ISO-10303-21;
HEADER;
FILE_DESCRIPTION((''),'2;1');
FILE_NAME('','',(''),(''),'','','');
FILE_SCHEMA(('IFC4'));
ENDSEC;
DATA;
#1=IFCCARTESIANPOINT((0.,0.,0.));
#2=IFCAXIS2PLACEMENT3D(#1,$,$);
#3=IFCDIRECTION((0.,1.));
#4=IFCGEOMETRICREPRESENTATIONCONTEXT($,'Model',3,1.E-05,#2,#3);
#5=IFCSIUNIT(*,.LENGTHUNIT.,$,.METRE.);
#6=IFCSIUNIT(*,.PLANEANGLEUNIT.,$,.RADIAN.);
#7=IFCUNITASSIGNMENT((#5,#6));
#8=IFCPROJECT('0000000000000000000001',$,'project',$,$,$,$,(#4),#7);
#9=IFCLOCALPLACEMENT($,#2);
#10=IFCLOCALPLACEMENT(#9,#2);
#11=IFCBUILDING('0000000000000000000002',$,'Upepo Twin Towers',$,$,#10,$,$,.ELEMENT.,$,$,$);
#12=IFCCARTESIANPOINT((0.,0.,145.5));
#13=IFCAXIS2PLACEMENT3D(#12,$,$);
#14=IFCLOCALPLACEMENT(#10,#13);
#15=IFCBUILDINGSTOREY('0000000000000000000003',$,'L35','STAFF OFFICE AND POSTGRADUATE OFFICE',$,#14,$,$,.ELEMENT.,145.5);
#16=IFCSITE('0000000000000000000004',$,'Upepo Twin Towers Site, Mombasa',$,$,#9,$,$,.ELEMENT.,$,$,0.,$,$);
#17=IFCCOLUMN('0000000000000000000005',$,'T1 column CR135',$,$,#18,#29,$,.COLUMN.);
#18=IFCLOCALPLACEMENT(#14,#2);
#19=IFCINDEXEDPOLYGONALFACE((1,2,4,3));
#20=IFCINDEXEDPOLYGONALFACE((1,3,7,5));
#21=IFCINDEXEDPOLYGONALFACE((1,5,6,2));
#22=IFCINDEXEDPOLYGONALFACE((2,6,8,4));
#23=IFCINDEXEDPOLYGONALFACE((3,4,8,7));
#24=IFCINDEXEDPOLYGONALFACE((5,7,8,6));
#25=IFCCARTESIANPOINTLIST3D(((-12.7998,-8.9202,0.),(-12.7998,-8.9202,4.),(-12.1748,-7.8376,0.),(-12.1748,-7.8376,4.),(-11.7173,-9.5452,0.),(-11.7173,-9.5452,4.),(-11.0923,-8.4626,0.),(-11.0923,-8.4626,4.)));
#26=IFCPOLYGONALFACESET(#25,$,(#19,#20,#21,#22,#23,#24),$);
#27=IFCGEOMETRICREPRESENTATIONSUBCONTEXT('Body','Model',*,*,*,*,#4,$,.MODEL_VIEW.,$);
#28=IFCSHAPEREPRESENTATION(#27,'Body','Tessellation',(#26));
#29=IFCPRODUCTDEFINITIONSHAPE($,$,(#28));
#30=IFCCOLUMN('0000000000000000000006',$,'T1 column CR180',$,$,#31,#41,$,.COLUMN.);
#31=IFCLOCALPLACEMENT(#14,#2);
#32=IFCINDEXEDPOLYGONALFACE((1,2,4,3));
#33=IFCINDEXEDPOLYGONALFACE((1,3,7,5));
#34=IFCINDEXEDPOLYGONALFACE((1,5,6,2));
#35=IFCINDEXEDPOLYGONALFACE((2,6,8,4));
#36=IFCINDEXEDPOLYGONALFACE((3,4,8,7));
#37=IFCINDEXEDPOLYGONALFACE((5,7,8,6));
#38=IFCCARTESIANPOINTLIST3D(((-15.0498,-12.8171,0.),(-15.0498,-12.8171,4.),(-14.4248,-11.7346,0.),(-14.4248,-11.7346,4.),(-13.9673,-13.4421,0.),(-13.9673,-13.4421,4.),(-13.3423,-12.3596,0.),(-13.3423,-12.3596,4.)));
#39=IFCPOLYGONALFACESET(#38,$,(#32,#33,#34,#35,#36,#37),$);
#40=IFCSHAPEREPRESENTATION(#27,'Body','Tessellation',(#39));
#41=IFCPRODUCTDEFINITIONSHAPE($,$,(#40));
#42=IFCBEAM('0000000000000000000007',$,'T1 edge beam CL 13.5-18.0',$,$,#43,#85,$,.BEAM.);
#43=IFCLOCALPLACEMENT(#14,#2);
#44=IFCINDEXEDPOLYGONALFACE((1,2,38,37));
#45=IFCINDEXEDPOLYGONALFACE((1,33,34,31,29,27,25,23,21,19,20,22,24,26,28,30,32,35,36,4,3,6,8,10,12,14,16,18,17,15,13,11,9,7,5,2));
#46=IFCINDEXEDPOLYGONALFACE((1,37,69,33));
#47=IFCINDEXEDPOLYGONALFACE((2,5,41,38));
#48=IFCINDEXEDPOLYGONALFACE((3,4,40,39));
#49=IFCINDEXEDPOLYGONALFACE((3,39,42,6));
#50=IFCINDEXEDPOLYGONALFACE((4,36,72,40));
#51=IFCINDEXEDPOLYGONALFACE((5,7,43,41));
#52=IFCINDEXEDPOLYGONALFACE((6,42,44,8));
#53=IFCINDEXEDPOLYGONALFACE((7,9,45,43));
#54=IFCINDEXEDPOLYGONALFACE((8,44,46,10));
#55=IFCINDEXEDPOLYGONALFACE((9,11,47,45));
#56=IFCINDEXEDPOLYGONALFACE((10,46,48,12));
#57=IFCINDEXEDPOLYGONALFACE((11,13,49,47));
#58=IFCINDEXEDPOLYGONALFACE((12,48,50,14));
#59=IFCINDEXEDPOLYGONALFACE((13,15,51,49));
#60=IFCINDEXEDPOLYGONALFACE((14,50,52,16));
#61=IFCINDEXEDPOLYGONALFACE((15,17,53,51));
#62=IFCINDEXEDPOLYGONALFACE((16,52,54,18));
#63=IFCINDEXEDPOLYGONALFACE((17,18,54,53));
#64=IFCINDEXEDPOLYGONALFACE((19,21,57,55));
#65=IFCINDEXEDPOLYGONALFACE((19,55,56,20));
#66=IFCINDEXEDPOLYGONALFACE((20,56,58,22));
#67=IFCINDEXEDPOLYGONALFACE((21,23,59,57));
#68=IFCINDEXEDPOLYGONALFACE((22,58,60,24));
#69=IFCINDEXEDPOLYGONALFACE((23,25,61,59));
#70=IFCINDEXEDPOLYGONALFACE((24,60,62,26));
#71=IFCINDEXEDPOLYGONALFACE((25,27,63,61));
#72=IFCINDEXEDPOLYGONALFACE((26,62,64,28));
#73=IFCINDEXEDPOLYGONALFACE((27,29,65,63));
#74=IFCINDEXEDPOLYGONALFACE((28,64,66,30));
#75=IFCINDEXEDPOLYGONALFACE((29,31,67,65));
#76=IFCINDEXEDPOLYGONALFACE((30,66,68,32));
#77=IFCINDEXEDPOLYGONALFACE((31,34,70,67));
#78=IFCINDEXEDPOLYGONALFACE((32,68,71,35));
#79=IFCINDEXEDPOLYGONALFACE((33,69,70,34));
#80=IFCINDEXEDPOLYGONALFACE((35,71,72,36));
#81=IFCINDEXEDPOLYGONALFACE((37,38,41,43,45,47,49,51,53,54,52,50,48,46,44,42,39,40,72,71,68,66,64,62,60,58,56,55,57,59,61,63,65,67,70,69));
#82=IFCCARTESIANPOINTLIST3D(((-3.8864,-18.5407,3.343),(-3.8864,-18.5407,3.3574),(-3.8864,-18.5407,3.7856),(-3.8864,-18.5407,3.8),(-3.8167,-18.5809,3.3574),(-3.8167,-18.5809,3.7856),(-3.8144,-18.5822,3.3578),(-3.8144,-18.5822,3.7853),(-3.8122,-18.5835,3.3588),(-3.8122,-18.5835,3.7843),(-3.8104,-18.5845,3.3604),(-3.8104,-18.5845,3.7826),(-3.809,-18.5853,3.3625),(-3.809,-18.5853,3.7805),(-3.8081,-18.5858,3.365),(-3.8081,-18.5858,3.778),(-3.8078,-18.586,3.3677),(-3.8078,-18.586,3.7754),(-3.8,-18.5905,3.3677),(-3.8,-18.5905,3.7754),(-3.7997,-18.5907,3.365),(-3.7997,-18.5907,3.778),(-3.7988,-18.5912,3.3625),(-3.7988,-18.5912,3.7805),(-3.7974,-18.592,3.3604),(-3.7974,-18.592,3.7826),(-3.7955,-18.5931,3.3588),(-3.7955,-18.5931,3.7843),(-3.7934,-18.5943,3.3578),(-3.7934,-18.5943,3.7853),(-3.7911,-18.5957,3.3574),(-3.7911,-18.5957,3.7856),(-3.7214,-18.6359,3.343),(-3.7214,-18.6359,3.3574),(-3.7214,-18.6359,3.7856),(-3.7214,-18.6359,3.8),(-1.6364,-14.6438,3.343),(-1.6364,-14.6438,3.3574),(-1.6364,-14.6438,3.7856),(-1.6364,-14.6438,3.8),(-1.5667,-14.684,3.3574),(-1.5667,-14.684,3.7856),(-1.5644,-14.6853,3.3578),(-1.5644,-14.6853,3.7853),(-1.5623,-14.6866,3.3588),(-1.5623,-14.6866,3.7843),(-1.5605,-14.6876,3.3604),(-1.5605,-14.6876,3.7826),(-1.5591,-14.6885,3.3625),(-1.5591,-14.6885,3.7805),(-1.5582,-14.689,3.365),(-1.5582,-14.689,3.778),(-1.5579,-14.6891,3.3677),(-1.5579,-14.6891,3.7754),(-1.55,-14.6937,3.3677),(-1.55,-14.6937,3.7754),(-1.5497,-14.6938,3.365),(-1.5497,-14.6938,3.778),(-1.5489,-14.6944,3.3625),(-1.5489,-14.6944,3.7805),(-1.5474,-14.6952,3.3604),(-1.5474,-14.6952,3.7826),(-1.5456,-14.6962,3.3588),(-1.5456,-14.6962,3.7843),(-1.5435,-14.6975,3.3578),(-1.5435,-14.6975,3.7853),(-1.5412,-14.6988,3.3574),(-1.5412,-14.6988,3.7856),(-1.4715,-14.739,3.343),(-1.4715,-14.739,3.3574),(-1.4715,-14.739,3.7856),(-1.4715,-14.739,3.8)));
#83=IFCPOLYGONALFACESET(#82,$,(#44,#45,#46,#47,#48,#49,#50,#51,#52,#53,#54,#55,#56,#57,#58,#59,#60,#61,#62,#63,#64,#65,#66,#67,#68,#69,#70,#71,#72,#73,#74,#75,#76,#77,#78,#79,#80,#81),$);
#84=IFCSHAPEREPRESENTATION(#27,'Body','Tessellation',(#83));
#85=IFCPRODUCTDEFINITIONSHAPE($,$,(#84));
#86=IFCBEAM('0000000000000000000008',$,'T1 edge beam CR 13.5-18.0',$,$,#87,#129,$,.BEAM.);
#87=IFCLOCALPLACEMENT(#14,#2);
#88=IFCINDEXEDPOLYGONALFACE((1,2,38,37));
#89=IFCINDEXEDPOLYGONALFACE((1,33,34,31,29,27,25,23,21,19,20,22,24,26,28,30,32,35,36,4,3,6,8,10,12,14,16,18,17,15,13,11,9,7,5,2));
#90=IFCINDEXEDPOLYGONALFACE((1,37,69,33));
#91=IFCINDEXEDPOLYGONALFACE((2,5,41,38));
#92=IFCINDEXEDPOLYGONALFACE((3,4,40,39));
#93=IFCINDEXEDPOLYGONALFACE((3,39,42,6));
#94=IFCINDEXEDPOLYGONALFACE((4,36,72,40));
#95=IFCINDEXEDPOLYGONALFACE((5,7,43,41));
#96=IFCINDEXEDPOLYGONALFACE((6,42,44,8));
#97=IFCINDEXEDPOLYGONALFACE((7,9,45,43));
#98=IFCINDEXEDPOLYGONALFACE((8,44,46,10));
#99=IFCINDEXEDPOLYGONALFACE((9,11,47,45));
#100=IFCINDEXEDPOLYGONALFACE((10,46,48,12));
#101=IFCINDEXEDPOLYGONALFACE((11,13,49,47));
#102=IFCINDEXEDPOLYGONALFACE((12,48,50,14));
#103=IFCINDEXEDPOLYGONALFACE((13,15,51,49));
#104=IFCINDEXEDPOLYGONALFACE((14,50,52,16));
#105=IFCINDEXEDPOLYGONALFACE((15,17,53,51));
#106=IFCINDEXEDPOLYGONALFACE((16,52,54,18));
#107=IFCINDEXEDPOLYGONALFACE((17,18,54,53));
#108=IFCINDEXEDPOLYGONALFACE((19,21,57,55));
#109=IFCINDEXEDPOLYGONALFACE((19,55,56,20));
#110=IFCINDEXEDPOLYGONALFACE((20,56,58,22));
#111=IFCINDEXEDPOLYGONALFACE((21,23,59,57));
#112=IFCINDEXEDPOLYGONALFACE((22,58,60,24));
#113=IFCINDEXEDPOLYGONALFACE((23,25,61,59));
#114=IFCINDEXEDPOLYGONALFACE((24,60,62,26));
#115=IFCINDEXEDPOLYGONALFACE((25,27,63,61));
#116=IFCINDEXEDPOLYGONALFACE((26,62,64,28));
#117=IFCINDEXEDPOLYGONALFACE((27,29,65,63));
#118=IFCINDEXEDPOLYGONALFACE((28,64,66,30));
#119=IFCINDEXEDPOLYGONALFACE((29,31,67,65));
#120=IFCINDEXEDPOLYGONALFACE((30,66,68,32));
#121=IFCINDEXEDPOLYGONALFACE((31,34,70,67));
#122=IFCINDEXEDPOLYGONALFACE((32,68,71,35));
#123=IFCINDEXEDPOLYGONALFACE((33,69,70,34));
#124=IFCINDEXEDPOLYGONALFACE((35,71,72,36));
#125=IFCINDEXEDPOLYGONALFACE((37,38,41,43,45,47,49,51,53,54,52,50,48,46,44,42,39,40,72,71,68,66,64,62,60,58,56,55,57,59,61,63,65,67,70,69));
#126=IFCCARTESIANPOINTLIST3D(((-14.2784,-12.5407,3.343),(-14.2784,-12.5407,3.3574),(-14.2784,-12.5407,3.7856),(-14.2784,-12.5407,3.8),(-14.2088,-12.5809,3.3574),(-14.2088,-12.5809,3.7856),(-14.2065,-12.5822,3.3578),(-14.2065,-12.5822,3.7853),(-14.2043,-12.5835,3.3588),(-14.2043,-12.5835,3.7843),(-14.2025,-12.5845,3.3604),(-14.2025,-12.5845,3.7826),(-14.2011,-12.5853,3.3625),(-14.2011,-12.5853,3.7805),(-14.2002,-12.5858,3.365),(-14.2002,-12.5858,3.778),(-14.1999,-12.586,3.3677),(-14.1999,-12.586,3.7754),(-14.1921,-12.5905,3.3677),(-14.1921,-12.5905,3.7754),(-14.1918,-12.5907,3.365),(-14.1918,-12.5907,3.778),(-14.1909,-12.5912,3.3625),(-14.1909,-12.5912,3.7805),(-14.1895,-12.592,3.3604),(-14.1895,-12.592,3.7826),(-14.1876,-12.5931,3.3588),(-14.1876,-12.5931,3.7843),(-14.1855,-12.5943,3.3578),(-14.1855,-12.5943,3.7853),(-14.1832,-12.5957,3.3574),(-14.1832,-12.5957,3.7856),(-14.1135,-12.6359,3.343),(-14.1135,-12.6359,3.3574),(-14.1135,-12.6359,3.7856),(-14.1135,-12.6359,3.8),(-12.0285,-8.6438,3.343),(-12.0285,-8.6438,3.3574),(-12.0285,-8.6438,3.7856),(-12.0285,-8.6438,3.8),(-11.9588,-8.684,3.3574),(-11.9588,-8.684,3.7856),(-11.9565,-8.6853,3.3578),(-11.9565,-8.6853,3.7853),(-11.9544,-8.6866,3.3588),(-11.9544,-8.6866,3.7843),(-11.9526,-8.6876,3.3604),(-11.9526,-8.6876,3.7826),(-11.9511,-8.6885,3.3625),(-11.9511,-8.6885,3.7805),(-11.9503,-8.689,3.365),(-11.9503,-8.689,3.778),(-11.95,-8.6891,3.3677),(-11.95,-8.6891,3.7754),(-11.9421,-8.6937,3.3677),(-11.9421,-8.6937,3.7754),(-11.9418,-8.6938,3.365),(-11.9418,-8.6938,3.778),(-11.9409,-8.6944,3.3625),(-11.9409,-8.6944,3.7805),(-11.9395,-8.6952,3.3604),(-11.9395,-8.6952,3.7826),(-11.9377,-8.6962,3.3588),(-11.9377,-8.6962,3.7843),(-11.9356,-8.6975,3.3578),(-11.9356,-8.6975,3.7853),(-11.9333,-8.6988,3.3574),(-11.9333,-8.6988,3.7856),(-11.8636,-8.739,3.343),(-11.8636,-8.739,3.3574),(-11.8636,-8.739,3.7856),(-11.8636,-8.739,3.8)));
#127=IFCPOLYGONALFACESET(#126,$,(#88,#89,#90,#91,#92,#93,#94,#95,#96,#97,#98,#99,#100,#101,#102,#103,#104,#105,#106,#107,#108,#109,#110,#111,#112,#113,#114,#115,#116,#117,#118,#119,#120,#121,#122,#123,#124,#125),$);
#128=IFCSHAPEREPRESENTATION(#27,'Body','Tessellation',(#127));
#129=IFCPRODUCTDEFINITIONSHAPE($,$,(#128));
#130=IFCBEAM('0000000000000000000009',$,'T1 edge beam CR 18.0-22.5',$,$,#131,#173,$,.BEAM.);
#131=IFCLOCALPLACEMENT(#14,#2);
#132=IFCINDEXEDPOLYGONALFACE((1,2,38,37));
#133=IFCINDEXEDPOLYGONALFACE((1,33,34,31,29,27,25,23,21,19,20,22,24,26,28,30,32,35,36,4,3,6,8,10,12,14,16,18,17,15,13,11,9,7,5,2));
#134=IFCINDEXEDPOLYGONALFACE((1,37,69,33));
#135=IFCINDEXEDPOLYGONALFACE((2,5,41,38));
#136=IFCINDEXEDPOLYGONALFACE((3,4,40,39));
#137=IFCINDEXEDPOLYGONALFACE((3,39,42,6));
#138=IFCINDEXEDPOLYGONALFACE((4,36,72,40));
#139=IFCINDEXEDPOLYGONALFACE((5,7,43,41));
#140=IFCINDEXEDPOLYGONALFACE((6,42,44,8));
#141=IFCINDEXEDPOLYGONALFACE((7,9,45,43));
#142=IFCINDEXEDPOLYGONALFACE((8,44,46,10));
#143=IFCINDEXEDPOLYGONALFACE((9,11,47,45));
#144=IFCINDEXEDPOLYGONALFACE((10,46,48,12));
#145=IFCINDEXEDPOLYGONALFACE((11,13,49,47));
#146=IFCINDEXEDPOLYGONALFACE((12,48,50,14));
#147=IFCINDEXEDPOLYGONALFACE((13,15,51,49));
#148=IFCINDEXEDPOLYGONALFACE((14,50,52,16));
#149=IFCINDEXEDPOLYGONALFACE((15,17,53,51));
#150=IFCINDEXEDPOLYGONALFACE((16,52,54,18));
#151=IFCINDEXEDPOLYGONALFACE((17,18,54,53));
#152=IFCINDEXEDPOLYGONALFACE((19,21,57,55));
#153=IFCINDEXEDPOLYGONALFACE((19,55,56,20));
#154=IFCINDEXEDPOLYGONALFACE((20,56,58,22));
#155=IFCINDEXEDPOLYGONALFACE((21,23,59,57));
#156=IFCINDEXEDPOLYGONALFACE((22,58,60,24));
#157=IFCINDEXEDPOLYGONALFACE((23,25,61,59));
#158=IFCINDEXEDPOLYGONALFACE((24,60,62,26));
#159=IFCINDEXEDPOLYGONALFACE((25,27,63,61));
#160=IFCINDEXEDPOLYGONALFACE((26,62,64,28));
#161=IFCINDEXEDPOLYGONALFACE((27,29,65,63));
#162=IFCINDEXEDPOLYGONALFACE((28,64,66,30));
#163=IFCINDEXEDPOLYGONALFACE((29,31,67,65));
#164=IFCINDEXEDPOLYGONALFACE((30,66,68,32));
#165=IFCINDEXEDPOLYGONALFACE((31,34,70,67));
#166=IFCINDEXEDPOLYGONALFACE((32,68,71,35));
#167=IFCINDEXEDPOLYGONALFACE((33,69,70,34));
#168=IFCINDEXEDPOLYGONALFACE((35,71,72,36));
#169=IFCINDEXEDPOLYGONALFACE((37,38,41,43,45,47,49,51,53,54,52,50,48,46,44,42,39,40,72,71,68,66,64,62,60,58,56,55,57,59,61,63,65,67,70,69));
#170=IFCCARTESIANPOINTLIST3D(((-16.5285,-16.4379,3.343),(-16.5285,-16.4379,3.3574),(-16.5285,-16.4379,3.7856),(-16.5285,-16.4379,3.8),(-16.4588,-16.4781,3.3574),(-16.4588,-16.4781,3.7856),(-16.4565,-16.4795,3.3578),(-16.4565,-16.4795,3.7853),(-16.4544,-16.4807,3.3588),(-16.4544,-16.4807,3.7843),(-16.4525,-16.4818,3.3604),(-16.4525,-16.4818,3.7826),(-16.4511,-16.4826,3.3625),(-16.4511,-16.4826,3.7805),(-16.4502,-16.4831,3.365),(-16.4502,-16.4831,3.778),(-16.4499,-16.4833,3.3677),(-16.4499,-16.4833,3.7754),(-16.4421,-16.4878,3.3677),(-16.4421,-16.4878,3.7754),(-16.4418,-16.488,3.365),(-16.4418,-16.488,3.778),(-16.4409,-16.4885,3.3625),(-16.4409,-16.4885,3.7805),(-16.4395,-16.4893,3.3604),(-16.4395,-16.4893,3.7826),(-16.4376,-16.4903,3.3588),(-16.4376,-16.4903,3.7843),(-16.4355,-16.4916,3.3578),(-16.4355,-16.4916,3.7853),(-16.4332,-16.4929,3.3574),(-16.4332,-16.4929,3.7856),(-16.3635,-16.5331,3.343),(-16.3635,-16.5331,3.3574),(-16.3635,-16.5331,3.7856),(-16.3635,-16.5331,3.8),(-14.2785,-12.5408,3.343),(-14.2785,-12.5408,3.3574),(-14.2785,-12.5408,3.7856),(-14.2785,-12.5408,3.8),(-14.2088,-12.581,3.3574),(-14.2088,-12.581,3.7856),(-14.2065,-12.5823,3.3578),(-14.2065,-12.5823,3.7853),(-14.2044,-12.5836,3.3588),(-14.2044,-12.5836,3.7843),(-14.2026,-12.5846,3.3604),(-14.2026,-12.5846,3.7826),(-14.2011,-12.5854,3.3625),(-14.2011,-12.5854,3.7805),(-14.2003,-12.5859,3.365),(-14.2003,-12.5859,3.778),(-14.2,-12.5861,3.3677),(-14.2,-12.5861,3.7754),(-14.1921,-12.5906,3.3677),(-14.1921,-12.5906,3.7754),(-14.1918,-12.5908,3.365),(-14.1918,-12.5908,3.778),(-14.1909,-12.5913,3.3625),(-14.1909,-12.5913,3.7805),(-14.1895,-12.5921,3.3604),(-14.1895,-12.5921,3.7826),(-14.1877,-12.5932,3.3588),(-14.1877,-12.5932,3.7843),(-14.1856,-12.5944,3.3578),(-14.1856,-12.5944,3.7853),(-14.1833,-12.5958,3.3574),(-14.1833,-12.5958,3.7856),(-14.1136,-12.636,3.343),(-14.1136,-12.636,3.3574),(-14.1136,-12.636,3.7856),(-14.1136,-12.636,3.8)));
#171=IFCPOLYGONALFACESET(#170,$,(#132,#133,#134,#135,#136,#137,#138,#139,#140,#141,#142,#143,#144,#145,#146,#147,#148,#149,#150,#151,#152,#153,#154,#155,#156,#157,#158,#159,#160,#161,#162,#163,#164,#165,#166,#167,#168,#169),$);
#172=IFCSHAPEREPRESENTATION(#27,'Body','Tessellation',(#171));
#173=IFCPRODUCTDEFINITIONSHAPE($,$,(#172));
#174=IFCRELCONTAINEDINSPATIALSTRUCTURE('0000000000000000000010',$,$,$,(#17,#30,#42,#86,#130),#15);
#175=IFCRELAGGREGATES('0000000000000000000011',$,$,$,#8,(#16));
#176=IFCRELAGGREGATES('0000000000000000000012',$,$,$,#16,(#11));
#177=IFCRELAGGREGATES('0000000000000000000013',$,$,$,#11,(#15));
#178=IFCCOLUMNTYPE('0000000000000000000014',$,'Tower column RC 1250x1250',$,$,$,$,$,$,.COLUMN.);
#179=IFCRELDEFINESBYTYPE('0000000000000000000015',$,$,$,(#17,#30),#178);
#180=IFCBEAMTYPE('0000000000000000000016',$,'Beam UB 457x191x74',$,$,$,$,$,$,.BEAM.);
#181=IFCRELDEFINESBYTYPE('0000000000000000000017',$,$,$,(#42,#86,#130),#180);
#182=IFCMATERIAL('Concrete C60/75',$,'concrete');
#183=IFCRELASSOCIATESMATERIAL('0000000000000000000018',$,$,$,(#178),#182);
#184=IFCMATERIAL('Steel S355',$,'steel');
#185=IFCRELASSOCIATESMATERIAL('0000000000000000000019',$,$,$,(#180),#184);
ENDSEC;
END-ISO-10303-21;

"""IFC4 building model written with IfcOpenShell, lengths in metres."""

from ifc_helpers import new_model, si_unit, direction, frame, origin, origin_2d, place, context, subcontext, project, spatial, rectangle, i_section, extrude, material, material_profile, profile_set, type_object, element, save


model = new_model("IFC4")

# Units and contexts
model_context = context("Model", 3, precision=1e-05, world=origin(), true_north=direction((0.0, 1.0)))
body_context = subcontext(model_context, "Body", "Model", "MODEL_VIEW")
ifc_project = project(units=[si_unit("LENGTHUNIT", "METRE"), si_unit("PLANEANGLEUNIT", "RADIAN")], contexts=[model_context])

# Site, building, storey
site_placement = place(None, origin())
site = spatial("IfcSite", under=ifc_project, at=site_placement, Name="Upepo Twin Towers Site, Mombasa", CompositionType="ELEMENT", RefElevation=0.0)
building_placement = place(site_placement, origin())
building = spatial("IfcBuilding", under=site, at=building_placement, Name="Upepo Twin Towers", CompositionType="ELEMENT")
storey_placement = place(building_placement, frame((0.0, 0.0, 145.5)))
storey = spatial("IfcBuildingStorey", under=building, at=storey_placement, Name="L35", Description="STAFF OFFICE AND POSTGRADUATE OFFICE", CompositionType="ELEMENT", Elevation=145.5)

# Columns
ifc_material_1 = material(Name="Concrete C60/75", Category="concrete")
ifc_material_profile_1 = material_profile(ifc_material_1, rectangle(XDim=1.25, YDim=1.25, at=origin_2d()), Name="RC 1250x1250")
ifc_profile_set_1 = profile_set([ifc_material_profile_1], Name="Concrete C60/75")
column_type = type_object("IfcColumnType", Name="Tower column RC 1250x1250", PredefinedType="COLUMN", material=ifc_profile_set_1)
for number, where, z_axis, x_axis, name in (
    (1, (-11.946, -8.6914, 0.0), (0.0, 0.0, 1.0), (0.5, 0.866025, 0.0), "T1 column CR135"),
    (2, (-14.196, -12.5884, 0.0), (0.0, 0.0, 1.0), (0.5, 0.866025, 0.0), "T1 column CR180"),
):
    element("IfcColumn", number, at=place(storey_placement, frame(where, z_axis=z_axis, x_axis=x_axis)), inside=storey, type_object=column_type, Name=name, PredefinedType="COLUMN", context=body_context, shape_type="SweptSolid", body=[
        extrude(rectangle(XDim=1.25, YDim=1.25, at=origin_2d()), origin(), (0.0, 0.0, 1.0), 4.0),
    ])

# Beams
ifc_material_2 = material(Name="Steel S355", Category="steel")
ifc_material_profile_2 = material_profile(ifc_material_2, i_section(OverallWidth=0.1904, OverallDepth=0.457, WebThickness=0.009, FlangeThickness=0.0144, FilletRadius=0.0103, at=origin_2d()), Name="UB 457x191x74")
ifc_profile_set_2 = profile_set([ifc_material_profile_2], Name="Steel S355")
beam_type_1 = type_object("IfcBeamType", Name="Beam UB 457x191x74", PredefinedType="BEAM", material=ifc_profile_set_2)
for number, where, z_axis, x_axis, name in (
    (3, (-1.554, -14.6914, 3.5715), (-0.500014, -0.866018, 0.0), (0.866018, -0.500014, 0.0), "T1 edge beam CL 13.5-18.0"),
    (4, (-11.946, -8.6914, 3.5715), (-0.500014, -0.866018, 0.0), (0.866018, -0.500014, 0.0), "T1 edge beam CR 13.5-18.0"),
):
    element("IfcBeam", number, at=place(storey_placement, frame(where, z_axis=z_axis, x_axis=x_axis)), inside=storey, type_object=beam_type_1, Name=name, PredefinedType="BEAM", context=body_context, shape_type="SweptSolid", body=[
        extrude(i_section(OverallWidth=0.1904, OverallDepth=0.457, WebThickness=0.009, FlangeThickness=0.0144, FilletRadius=0.0103, at=origin_2d()), origin(), (0.0, 0.0, 1.0), 4.4998),
    ])
beam_placement = place(storey_placement, frame((-14.196, -12.5884, 3.5715), z_axis=(-0.49999, -0.866031, 0.0), x_axis=(0.866031, -0.49999, 0.0)))
element("IfcBeam", 5, at=beam_placement, inside=storey, type_object=beam_type_1, Name="T1 edge beam CR 18.0-22.5", PredefinedType="BEAM", context=body_context, shape_type="SweptSolid", body=[
    extrude(i_section(OverallWidth=0.1904, OverallDepth=0.457, WebThickness=0.009, FlangeThickness=0.0144, FilletRadius=0.0103, at=origin_2d()), origin(), (0.0, 0.0, 1.0), 4.5),
])

save(model, "model.ifc")
